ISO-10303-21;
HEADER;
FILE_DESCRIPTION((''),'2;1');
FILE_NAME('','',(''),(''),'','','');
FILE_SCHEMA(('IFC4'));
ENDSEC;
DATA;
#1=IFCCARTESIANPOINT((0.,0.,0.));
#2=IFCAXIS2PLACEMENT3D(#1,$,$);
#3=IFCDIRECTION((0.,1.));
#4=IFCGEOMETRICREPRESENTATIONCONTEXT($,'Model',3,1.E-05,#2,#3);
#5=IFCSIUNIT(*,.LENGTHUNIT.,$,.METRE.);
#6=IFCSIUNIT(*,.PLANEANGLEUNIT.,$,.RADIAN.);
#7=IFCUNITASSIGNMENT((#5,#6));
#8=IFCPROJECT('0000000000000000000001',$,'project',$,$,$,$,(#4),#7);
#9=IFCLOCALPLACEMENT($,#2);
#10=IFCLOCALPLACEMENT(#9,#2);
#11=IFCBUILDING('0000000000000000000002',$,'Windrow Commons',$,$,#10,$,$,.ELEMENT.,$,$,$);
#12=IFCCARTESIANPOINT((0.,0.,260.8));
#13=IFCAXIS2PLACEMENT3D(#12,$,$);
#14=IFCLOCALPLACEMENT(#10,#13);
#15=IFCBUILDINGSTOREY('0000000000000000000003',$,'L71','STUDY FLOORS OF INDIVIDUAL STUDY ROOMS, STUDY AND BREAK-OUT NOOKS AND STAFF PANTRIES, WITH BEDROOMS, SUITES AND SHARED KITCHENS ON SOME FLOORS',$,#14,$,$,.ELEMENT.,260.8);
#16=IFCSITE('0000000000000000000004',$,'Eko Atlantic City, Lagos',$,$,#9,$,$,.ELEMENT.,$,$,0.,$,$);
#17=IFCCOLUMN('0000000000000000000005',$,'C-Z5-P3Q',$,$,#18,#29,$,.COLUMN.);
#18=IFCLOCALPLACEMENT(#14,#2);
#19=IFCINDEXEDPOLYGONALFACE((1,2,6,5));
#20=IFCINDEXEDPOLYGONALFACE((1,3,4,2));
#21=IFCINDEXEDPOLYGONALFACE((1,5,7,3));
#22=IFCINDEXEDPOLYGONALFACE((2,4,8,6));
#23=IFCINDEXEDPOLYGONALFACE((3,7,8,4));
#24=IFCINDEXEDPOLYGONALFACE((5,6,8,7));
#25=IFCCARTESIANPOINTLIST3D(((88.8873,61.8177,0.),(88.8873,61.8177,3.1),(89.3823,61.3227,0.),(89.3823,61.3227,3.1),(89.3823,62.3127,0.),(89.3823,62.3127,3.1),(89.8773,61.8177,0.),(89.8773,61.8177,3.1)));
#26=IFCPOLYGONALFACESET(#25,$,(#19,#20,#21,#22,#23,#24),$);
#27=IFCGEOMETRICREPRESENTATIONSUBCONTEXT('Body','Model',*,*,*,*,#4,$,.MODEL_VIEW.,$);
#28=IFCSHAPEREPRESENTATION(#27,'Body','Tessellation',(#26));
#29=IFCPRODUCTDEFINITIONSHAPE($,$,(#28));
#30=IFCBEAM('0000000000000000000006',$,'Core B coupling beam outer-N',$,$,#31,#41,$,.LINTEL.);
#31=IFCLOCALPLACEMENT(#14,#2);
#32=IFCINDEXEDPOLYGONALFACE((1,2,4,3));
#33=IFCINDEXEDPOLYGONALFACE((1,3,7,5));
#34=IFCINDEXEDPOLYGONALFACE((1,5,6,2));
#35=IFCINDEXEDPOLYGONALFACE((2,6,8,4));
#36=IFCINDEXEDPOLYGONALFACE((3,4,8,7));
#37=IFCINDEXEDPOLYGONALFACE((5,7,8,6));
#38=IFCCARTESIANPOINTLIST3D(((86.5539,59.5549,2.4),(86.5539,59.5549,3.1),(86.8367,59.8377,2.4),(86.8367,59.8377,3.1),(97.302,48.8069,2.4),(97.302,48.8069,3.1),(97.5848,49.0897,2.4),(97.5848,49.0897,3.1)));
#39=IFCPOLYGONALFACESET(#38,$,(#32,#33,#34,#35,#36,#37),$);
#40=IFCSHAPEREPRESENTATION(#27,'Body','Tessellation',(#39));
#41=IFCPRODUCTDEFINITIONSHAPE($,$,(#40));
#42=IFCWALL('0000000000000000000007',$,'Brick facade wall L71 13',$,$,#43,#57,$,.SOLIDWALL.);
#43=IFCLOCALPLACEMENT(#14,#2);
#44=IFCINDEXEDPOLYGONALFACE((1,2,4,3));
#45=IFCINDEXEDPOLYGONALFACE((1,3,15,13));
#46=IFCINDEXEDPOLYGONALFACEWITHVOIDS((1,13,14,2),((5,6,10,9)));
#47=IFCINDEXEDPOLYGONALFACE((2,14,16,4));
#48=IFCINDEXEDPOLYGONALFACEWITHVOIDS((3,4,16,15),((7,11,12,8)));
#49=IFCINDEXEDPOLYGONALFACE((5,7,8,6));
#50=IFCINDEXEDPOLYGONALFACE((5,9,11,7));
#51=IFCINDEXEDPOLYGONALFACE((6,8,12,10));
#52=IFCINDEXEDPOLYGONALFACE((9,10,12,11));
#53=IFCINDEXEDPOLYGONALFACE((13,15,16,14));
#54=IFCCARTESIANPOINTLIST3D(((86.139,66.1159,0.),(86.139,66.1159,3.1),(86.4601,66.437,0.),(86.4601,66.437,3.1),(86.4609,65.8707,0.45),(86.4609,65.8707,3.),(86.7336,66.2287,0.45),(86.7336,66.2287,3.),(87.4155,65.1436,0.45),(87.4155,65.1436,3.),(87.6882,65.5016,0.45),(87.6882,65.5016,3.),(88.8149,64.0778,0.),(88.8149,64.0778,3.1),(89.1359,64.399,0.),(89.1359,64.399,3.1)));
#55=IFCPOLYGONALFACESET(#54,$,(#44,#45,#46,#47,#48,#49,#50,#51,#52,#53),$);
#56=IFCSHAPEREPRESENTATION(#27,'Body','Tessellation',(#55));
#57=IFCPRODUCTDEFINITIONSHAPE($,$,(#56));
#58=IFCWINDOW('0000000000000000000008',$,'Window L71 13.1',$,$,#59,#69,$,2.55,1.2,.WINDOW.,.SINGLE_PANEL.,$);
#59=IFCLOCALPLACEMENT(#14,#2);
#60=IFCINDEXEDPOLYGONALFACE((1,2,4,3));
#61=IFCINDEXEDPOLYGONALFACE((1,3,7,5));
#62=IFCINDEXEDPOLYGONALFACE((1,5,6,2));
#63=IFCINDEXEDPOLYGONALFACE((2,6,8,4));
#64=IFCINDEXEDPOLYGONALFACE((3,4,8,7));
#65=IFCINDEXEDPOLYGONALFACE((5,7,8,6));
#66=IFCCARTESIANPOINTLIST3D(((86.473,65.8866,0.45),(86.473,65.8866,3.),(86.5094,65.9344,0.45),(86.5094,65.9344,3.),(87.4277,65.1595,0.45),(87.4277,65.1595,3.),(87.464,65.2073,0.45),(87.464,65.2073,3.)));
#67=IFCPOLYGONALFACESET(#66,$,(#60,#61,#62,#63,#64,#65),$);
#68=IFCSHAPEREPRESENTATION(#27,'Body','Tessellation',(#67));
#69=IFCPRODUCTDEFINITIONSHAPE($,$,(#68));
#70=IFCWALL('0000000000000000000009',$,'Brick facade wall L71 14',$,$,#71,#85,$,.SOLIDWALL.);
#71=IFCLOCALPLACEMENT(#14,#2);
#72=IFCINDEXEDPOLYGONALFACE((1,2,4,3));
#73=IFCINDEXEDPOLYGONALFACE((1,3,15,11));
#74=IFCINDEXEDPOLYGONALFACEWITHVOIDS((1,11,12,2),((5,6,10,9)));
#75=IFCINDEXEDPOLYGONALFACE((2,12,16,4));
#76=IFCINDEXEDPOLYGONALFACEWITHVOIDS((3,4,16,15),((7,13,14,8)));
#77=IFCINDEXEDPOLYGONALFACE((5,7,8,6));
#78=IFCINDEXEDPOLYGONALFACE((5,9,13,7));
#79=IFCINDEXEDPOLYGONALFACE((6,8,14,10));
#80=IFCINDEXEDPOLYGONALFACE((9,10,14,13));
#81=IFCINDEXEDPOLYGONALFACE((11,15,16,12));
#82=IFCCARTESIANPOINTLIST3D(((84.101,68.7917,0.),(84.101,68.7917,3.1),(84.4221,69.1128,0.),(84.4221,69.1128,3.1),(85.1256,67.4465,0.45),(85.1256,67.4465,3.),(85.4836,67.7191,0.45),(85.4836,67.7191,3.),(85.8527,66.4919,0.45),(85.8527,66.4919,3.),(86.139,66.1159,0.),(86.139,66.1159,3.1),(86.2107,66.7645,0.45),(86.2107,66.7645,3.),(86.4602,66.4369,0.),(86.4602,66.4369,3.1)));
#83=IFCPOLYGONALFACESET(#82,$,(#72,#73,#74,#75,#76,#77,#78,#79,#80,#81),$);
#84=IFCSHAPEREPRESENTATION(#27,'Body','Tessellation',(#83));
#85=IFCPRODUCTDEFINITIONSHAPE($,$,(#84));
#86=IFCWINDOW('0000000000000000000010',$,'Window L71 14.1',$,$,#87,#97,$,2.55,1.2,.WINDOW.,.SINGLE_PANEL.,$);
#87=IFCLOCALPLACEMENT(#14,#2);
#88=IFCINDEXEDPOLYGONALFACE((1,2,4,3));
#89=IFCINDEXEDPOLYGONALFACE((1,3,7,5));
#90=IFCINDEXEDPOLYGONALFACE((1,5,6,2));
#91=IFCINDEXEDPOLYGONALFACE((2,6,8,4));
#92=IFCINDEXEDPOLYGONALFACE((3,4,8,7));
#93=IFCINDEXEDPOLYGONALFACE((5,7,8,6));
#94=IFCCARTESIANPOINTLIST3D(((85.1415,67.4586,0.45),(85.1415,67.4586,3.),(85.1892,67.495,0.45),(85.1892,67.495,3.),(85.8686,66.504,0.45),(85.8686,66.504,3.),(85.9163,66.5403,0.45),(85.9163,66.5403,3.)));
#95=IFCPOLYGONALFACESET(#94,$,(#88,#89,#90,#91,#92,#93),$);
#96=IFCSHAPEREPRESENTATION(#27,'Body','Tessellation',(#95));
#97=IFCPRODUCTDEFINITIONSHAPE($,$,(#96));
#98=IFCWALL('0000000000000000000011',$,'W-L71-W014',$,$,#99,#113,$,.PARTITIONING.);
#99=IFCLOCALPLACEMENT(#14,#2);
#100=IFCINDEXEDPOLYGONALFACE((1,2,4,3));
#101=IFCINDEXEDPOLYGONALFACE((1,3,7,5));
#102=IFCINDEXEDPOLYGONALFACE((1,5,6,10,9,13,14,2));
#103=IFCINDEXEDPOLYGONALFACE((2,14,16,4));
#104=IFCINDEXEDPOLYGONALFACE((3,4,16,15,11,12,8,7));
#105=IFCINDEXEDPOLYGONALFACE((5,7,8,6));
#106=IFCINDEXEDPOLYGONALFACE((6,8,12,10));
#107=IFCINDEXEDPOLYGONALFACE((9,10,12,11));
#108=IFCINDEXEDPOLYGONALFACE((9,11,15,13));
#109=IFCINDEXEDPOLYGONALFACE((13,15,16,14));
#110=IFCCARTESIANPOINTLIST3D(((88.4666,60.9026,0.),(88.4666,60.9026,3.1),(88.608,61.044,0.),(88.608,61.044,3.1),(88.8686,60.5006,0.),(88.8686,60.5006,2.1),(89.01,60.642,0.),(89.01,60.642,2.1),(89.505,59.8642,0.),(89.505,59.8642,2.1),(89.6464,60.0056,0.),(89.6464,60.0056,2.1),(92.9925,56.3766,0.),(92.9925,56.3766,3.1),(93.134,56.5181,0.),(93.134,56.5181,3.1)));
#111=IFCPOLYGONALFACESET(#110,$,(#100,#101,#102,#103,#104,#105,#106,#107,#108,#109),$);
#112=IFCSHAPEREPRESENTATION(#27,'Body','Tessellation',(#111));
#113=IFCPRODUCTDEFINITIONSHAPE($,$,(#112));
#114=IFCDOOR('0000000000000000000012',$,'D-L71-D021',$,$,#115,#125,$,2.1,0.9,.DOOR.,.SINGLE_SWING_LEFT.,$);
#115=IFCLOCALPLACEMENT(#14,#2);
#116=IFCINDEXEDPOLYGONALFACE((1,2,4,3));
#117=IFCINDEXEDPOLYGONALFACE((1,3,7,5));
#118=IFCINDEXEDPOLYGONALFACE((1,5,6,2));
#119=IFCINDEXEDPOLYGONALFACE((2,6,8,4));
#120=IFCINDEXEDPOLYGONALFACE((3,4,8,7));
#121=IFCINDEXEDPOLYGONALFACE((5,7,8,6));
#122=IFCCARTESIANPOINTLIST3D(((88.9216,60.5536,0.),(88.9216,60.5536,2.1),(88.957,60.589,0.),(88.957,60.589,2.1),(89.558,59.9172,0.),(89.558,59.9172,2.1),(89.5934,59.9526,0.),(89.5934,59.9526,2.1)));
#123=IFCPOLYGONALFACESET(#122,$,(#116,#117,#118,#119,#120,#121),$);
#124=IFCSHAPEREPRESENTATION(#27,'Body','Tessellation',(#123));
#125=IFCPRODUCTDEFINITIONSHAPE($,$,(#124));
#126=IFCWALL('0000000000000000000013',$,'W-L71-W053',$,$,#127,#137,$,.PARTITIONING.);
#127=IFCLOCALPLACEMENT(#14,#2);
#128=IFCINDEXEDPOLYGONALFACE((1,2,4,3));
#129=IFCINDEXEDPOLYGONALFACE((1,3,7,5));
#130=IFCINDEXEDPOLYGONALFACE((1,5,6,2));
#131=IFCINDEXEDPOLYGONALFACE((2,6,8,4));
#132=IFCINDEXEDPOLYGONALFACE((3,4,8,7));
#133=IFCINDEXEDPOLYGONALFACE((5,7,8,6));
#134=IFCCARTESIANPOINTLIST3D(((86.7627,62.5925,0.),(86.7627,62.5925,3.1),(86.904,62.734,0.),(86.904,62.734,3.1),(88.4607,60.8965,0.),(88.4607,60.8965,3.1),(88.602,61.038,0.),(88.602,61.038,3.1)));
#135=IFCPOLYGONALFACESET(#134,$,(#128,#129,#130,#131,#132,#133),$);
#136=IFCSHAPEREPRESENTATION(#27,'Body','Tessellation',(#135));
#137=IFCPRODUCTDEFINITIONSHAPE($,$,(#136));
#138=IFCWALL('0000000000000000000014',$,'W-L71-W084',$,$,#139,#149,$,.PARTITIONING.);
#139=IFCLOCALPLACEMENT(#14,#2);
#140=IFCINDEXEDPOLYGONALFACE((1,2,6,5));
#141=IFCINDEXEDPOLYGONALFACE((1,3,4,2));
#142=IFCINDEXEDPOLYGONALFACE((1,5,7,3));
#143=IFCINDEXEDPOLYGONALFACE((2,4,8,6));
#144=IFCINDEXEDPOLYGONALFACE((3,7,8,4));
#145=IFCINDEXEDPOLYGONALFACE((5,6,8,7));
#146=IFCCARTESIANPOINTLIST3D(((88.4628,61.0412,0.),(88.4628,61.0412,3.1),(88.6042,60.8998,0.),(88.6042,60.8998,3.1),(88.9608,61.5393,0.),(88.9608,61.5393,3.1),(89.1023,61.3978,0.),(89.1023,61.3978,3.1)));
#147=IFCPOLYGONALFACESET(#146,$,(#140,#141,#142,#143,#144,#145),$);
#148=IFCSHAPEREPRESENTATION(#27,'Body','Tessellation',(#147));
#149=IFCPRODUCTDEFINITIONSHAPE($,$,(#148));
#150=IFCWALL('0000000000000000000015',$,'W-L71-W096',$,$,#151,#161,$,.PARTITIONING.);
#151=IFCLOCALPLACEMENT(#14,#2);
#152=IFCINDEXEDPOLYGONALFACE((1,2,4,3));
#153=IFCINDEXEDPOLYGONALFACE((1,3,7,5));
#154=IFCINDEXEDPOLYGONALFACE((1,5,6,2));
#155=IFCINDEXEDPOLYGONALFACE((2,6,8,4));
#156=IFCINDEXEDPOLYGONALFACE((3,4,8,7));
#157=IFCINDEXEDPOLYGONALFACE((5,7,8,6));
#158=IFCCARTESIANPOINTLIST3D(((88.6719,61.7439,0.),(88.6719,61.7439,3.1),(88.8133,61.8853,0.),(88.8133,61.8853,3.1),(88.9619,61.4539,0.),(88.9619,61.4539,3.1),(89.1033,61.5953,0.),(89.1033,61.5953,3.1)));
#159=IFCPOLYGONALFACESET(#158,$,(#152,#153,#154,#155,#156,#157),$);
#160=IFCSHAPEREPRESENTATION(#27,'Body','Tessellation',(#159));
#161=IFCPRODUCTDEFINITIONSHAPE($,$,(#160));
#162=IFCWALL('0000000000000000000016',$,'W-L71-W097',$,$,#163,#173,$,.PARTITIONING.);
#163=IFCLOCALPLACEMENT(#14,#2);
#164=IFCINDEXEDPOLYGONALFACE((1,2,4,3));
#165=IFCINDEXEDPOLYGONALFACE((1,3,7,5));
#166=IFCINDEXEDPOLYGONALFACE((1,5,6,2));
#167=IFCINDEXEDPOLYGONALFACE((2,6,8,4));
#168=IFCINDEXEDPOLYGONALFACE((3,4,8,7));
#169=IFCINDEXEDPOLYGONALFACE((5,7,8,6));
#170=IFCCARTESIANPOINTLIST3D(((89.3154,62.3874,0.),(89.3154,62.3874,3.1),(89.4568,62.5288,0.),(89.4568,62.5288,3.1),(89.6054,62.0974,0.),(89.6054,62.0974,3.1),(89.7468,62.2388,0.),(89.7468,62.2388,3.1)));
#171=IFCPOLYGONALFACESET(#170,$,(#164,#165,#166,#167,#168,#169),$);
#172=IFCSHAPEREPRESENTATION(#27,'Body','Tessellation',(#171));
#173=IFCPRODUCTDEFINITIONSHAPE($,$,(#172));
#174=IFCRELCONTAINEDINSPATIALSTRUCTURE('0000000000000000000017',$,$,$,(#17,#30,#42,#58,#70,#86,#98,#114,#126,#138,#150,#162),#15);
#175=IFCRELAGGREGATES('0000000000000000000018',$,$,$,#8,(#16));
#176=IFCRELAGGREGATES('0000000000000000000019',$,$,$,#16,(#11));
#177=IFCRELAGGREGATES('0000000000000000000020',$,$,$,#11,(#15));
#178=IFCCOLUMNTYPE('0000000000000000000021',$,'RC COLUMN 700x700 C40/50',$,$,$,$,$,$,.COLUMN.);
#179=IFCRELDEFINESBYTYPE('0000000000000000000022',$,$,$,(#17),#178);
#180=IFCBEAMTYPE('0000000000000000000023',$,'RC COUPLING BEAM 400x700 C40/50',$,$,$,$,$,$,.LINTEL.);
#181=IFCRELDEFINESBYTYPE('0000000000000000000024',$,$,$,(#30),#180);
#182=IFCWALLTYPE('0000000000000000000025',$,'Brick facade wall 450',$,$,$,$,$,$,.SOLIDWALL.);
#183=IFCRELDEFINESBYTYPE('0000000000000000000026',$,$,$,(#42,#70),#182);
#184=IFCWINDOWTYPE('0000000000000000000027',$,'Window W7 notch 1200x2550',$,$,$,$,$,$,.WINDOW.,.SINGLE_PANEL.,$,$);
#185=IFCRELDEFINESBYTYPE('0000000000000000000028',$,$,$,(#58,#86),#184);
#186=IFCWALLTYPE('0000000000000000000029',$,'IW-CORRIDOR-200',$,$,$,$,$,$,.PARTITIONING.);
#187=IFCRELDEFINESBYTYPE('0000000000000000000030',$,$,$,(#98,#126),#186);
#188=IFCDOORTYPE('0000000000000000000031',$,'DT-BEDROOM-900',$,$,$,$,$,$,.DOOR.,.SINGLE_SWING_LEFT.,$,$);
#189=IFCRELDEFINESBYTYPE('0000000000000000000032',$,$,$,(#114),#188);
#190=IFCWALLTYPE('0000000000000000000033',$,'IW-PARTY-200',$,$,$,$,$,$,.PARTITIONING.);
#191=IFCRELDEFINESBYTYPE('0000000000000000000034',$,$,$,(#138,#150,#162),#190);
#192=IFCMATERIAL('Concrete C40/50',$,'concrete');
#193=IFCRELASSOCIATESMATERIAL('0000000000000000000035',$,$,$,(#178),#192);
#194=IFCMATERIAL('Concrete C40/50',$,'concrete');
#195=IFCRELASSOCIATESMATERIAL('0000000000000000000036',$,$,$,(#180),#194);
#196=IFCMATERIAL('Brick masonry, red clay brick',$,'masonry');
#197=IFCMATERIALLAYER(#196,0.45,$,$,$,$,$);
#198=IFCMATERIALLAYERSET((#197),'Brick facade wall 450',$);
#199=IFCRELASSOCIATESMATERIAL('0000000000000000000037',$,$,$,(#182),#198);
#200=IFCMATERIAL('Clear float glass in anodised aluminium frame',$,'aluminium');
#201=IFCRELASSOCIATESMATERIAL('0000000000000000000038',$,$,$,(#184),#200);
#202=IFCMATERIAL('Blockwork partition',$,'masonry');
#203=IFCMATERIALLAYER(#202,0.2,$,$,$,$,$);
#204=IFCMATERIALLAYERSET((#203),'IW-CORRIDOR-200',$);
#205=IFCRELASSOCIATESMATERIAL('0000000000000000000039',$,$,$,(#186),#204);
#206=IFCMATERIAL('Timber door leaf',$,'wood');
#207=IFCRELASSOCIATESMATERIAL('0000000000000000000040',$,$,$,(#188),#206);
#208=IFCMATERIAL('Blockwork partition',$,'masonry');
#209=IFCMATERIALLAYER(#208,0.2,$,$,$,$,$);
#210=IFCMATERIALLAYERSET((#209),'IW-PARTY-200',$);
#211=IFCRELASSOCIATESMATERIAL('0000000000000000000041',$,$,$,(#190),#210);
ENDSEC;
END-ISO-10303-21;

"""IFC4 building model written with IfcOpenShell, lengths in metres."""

from ifc_helpers import new_model, si_unit, direction, frame, frame_2d, origin, origin_2d, place, context, subcontext, project, spatial, polyline, rectangle, outline, extrude, material, layer, layer_set, material_profile, profile_set, type_object, element, fill, save


model = new_model("IFC4")

# Units and contexts
model_context = context("Model", 3, precision=1e-05, world=origin(), true_north=direction((0.0, 1.0)))
body_context = subcontext(model_context, "Body", "Model", "MODEL_VIEW")
ifc_project = project(units=[si_unit("LENGTHUNIT", "METRE"), si_unit("PLANEANGLEUNIT", "RADIAN")], contexts=[model_context])

# Site, building, storey
site_placement = place(None, origin())
site = spatial("IfcSite", under=ifc_project, at=site_placement, Name="Eko Atlantic City, Lagos", CompositionType="ELEMENT", RefElevation=0.0)
building_placement = place(site_placement, origin())
building = spatial("IfcBuilding", under=site, at=building_placement, Name="Windrow Commons", CompositionType="ELEMENT")
storey_placement = place(building_placement, frame((0.0, 0.0, 260.8)))
storey = spatial("IfcBuildingStorey", under=building, at=storey_placement, Name="L71", Description="STUDY FLOORS OF INDIVIDUAL STUDY ROOMS, STUDY AND BREAK-OUT NOOKS AND STAFF PANTRIES, WITH BEDROOMS, SUITES AND SHARED KITCHENS ON SOME FLOORS", CompositionType="ELEMENT", Elevation=260.8)

# Column
ifc_material_1 = material(Name="Concrete C40/50", Category="concrete")
ifc_material_profile_1 = material_profile(ifc_material_1, rectangle(XDim=0.7, YDim=0.7, at=origin_2d()))
ifc_profile_set_1 = profile_set([ifc_material_profile_1], Name="Concrete C40/50")
column_type = type_object("IfcColumnType", Name="RC COLUMN 700x700 C40/50", PredefinedType="COLUMN", material=ifc_profile_set_1)
column_placement = place(storey_placement, frame((89.3823, 61.8177, 0.0), z_axis=(0.0, 0.0, 1.0), x_axis=(0.707107, -0.707107, 0.0)))
element("IfcColumn", 1, at=column_placement, inside=storey, type_object=column_type, Name="C-Z5-P3Q", PredefinedType="COLUMN", context=body_context, shape_type="SweptSolid", body=[
    extrude(rectangle(XDim=0.7, YDim=0.7, at=origin_2d()), origin(), (0.0, 0.0, 1.0), 3.1),
])

# Beam
ifc_material_2 = material(Name="Concrete C40/50", Category="concrete")
ifc_material_profile_2 = material_profile(ifc_material_2, rectangle(XDim=0.4, YDim=0.7, at=origin_2d()))
ifc_profile_set_2 = profile_set([ifc_material_profile_2], Name="Concrete C40/50")
beam_type = type_object("IfcBeamType", Name="RC COUPLING BEAM 400x700 C40/50", PredefinedType="LINTEL", material=ifc_profile_set_2)
beam_placement = place(storey_placement, frame((86.6953, 59.6963, 2.75), z_axis=(0.70711, -0.707103, 0.0), x_axis=(0.707103, 0.70711, 0.0)))
element("IfcBeam", 2, at=beam_placement, inside=storey, type_object=beam_type, Name="Core B coupling beam outer-N", PredefinedType="LINTEL", context=body_context, shape_type="SweptSolid", body=[
    extrude(rectangle(XDim=0.4, YDim=0.7, at=origin_2d()), origin(), (0.0, 0.0, 1.0), 15.2),
])

# Walls, openings, windows
ifc_material_3 = material(Name="Brick masonry, red clay brick", Category="masonry")
ifc_layer_1 = layer(ifc_material_3, 0.45)
ifc_layer_set_1 = layer_set([ifc_layer_1], Name="Brick facade wall 450")
wall_type_1 = type_object("IfcWallType", Name="Brick facade wall 450", PredefinedType="SOLIDWALL", material=ifc_layer_set_1)
wall_1_placement = place(storey_placement, frame((88.9754, 64.2384, 0.0), z_axis=(0.0, 0.0, 1.0), x_axis=(-0.795533, 0.605911, 0.0)))
wall_1 = element("IfcWall", 3, at=wall_1_placement, inside=storey, type_object=wall_type_1, Name="Brick facade wall L71 13", PredefinedType="SOLIDWALL", context=body_context, shape_type="SweptSolid", body=[
    extrude(outline(polyline([(-0.0304, -0.225), (3.3332, -0.225), (3.3941, 0.225), (0.0304, 0.225), (-0.0304, -0.225)])), origin(), (0.0, 0.0, 1.0), 3.1),
])
opening_1_placement = place(wall_1_placement, frame((1.7894, 0.0, 0.45)))
opening_1 = element("IfcOpeningElement", 4, at=opening_1_placement, cuts=wall_1, PredefinedType="OPENING", context=body_context, shape_type="SweptSolid", body=[
    extrude(rectangle(XDim=1.2, YDim=2.55, at=frame_2d((0.6, 1.275))), frame((0.0, 0.235, 0.0), z_axis=(0.0, -1.0, 0.0), x_axis=(1.0, 0.0, 0.0)), (0.0, 0.0, 1.0), 0.47),
])
ifc_material_4 = material(Name="Clear float glass in anodised aluminium frame", Category="aluminium")
window_type = type_object("IfcWindowType", Name="Window W7 notch 1200x2550", PartitioningType="SINGLE_PANEL", PredefinedType="WINDOW", material=ifc_material_4)
window_1_placement = place(opening_1_placement, origin())
window_1 = element("IfcWindow", 5, at=window_1_placement, inside=storey, type_object=window_type, Name="Window L71 13.1", OverallHeight=2.55, OverallWidth=1.2, PartitioningType="SINGLE_PANEL", PredefinedType="WINDOW", context=body_context, shape_type="SweptSolid", body=[
    extrude(rectangle(XDim=1.2, YDim=2.55, at=frame_2d((0.6, 1.275))), frame((0.0, 0.205, 0.0), z_axis=(0.0, -1.0, 0.0), x_axis=(1.0, 0.0, 0.0)), (0.0, 0.0, 1.0), 0.06),
])
fill(opening_1, window_1)
wall_2_placement = place(storey_placement, frame((86.2996, 66.2764, 0.0), z_axis=(0.0, 0.0, 1.0), x_axis=(-0.605915, 0.795529, 0.0)))
wall_2 = element("IfcWall", 6, at=wall_2_placement, inside=storey, type_object=wall_type_1, Name="Brick facade wall L71 14", PredefinedType="SOLIDWALL", context=body_context, shape_type="SweptSolid", body=[
    extrude(outline(polyline([(0.0304, -0.225), (3.3941, -0.225), (3.3332, 0.225), (-0.0304, 0.225), (0.0304, -0.225)])), origin(), (0.0, 0.0, 1.0), 3.1),
])
opening_2_placement = place(wall_2_placement, frame((0.4422, 0.0, 0.45)))
opening_2 = element("IfcOpeningElement", 7, at=opening_2_placement, cuts=wall_2, PredefinedType="OPENING", context=body_context, shape_type="SweptSolid", body=[
    extrude(rectangle(XDim=1.2, YDim=2.55, at=frame_2d((0.6, 1.275))), frame((0.0, 0.235, 0.0), z_axis=(0.0, -1.0, 0.0), x_axis=(1.0, 0.0, 0.0)), (0.0, 0.0, 1.0), 0.47),
])
window_2_placement = place(opening_2_placement, origin())
window_2 = element("IfcWindow", 8, at=window_2_placement, inside=storey, type_object=window_type, Name="Window L71 14.1", OverallHeight=2.55, OverallWidth=1.2, PartitioningType="SINGLE_PANEL", PredefinedType="WINDOW", context=body_context, shape_type="SweptSolid", body=[
    extrude(rectangle(XDim=1.2, YDim=2.55, at=frame_2d((0.6, 1.275))), frame((0.0, 0.205, 0.0), z_axis=(0.0, -1.0, 0.0), x_axis=(1.0, 0.0, 0.0)), (0.0, 0.0, 1.0), 0.06),
])
fill(opening_2, window_2)

# Wall, opening, door
ifc_material_5 = material(Name="Blockwork partition", Category="masonry")
ifc_layer_2 = layer(ifc_material_5, 0.2)
ifc_layer_set_2 = layer_set([ifc_layer_2], Name="IW-CORRIDOR-200")
wall_type_2 = type_object("IfcWallType", Name="IW-CORRIDOR-200", PredefinedType="PARTITIONING", material=ifc_layer_set_2)
wall_3_placement = place(storey_placement, frame((88.5373, 60.9733, 0.0), z_axis=(0.0, 0.0, 1.0), x_axis=(0.707107, -0.707107, 0.0)))
wall_3 = element("IfcWall", 9, at=wall_3_placement, inside=storey, type_object=wall_type_2, Name="W-L71-W014", PredefinedType="PARTITIONING", context=body_context, shape_type="SweptSolid", body=[
    extrude(rectangle(XDim=6.4007, YDim=0.2, at=frame_2d((3.2003, 0.0))), origin(), (0.0, 0.0, 1.0), 3.1),
])
opening_3_placement = place(wall_3_placement, frame((0.5685, 0.0, 0.0)))
opening_3 = element("IfcOpeningElement", 10, at=opening_3_placement, cuts=wall_3, PredefinedType="OPENING", context=body_context, shape_type="SweptSolid", body=[
    extrude(rectangle(XDim=0.9, YDim=2.1, at=frame_2d((0.45, 1.05))), frame((0.0, 0.11, 0.0), z_axis=(0.0, -1.0, 0.0), x_axis=(1.0, 0.0, 0.0)), (0.0, 0.0, 1.0), 0.22),
])
ifc_material_6 = material(Name="Timber door leaf", Category="wood")
door_type_1 = type_object("IfcDoorType", Name="DT-BEDROOM-900", OperationType="SINGLE_SWING_LEFT", PredefinedType="DOOR", material=ifc_material_6)
door_1_placement = place(opening_3_placement, origin())
door_1 = element("IfcDoor", 11, at=door_1_placement, inside=storey, type_object=door_type_1, Name="D-L71-D021", OperationType="SINGLE_SWING_LEFT", OverallHeight=2.1, OverallWidth=0.9, PredefinedType="DOOR", context=body_context, shape_type="SweptSolid", body=[
    extrude(rectangle(XDim=0.9, YDim=2.1, at=frame_2d((0.45, 1.05))), frame((0.0, 0.025, 0.0), z_axis=(0.0, -1.0, 0.0), x_axis=(1.0, 0.0, 0.0)), (0.0, 0.0, 1.0), 0.05),
])
fill(opening_3, door_1)

# Walls
wall_4_placement = place(storey_placement, frame((86.8333, 62.6633, 0.0), z_axis=(0.0, 0.0, 1.0), x_axis=(0.707523, -0.70669, 0.0)))
element("IfcWall", 12, at=wall_4_placement, inside=storey, type_object=wall_type_2, Name="W-L71-W053", PredefinedType="PARTITIONING", context=body_context, shape_type="SweptSolid", body=[
    extrude(rectangle(XDim=2.3999, YDim=0.2, at=frame_2d((1.2, 0.0))), origin(), (0.0, 0.0, 1.0), 3.1),
])
ifc_material_7 = material(Name="Blockwork partition", Category="masonry")
ifc_layer_3 = layer(ifc_material_7, 0.2)
ifc_layer_set_3 = layer_set([ifc_layer_3], Name="IW-PARTY-200")
wall_type_3 = type_object("IfcWallType", Name="IW-PARTY-200", PredefinedType="PARTITIONING", material=ifc_layer_set_3)
wall_5_placement = place(storey_placement, frame((88.5335, 60.9705, 0.0), z_axis=(0.0, 0.0, 1.0), x_axis=(0.707107, 0.707107, 0.0)))
element("IfcWall", 13, at=wall_5_placement, inside=storey, type_object=wall_type_3, Name="W-L71-W084", PredefinedType="PARTITIONING", context=body_context, shape_type="SweptSolid", body=[
    extrude(rectangle(XDim=0.7043, YDim=0.2, at=frame_2d((0.3522, 0.0))), origin(), (0.0, 0.0, 1.0), 3.1),
])
for number, where, z_axis, x_axis, name in (
    (14, (88.7426, 61.8146, 0.0), (0.0, 0.0, 1.0), (0.707107, -0.707107, 0.0), "W-L71-W096"),
    (15, (89.3861, 62.4581, 0.0), (0.0, 0.0, 1.0), (0.707107, -0.707107, 0.0), "W-L71-W097"),
):
    element("IfcWall", number, at=place(storey_placement, frame(where, z_axis=z_axis, x_axis=x_axis)), inside=storey, type_object=wall_type_3, Name=name, PredefinedType="PARTITIONING", context=body_context, shape_type="SweptSolid", body=[
        extrude(rectangle(XDim=0.4101, YDim=0.2, at=frame_2d((0.2051, 0.0))), origin(), (0.0, 0.0, 1.0), 3.1),
    ])

save(model, "model.ifc")
